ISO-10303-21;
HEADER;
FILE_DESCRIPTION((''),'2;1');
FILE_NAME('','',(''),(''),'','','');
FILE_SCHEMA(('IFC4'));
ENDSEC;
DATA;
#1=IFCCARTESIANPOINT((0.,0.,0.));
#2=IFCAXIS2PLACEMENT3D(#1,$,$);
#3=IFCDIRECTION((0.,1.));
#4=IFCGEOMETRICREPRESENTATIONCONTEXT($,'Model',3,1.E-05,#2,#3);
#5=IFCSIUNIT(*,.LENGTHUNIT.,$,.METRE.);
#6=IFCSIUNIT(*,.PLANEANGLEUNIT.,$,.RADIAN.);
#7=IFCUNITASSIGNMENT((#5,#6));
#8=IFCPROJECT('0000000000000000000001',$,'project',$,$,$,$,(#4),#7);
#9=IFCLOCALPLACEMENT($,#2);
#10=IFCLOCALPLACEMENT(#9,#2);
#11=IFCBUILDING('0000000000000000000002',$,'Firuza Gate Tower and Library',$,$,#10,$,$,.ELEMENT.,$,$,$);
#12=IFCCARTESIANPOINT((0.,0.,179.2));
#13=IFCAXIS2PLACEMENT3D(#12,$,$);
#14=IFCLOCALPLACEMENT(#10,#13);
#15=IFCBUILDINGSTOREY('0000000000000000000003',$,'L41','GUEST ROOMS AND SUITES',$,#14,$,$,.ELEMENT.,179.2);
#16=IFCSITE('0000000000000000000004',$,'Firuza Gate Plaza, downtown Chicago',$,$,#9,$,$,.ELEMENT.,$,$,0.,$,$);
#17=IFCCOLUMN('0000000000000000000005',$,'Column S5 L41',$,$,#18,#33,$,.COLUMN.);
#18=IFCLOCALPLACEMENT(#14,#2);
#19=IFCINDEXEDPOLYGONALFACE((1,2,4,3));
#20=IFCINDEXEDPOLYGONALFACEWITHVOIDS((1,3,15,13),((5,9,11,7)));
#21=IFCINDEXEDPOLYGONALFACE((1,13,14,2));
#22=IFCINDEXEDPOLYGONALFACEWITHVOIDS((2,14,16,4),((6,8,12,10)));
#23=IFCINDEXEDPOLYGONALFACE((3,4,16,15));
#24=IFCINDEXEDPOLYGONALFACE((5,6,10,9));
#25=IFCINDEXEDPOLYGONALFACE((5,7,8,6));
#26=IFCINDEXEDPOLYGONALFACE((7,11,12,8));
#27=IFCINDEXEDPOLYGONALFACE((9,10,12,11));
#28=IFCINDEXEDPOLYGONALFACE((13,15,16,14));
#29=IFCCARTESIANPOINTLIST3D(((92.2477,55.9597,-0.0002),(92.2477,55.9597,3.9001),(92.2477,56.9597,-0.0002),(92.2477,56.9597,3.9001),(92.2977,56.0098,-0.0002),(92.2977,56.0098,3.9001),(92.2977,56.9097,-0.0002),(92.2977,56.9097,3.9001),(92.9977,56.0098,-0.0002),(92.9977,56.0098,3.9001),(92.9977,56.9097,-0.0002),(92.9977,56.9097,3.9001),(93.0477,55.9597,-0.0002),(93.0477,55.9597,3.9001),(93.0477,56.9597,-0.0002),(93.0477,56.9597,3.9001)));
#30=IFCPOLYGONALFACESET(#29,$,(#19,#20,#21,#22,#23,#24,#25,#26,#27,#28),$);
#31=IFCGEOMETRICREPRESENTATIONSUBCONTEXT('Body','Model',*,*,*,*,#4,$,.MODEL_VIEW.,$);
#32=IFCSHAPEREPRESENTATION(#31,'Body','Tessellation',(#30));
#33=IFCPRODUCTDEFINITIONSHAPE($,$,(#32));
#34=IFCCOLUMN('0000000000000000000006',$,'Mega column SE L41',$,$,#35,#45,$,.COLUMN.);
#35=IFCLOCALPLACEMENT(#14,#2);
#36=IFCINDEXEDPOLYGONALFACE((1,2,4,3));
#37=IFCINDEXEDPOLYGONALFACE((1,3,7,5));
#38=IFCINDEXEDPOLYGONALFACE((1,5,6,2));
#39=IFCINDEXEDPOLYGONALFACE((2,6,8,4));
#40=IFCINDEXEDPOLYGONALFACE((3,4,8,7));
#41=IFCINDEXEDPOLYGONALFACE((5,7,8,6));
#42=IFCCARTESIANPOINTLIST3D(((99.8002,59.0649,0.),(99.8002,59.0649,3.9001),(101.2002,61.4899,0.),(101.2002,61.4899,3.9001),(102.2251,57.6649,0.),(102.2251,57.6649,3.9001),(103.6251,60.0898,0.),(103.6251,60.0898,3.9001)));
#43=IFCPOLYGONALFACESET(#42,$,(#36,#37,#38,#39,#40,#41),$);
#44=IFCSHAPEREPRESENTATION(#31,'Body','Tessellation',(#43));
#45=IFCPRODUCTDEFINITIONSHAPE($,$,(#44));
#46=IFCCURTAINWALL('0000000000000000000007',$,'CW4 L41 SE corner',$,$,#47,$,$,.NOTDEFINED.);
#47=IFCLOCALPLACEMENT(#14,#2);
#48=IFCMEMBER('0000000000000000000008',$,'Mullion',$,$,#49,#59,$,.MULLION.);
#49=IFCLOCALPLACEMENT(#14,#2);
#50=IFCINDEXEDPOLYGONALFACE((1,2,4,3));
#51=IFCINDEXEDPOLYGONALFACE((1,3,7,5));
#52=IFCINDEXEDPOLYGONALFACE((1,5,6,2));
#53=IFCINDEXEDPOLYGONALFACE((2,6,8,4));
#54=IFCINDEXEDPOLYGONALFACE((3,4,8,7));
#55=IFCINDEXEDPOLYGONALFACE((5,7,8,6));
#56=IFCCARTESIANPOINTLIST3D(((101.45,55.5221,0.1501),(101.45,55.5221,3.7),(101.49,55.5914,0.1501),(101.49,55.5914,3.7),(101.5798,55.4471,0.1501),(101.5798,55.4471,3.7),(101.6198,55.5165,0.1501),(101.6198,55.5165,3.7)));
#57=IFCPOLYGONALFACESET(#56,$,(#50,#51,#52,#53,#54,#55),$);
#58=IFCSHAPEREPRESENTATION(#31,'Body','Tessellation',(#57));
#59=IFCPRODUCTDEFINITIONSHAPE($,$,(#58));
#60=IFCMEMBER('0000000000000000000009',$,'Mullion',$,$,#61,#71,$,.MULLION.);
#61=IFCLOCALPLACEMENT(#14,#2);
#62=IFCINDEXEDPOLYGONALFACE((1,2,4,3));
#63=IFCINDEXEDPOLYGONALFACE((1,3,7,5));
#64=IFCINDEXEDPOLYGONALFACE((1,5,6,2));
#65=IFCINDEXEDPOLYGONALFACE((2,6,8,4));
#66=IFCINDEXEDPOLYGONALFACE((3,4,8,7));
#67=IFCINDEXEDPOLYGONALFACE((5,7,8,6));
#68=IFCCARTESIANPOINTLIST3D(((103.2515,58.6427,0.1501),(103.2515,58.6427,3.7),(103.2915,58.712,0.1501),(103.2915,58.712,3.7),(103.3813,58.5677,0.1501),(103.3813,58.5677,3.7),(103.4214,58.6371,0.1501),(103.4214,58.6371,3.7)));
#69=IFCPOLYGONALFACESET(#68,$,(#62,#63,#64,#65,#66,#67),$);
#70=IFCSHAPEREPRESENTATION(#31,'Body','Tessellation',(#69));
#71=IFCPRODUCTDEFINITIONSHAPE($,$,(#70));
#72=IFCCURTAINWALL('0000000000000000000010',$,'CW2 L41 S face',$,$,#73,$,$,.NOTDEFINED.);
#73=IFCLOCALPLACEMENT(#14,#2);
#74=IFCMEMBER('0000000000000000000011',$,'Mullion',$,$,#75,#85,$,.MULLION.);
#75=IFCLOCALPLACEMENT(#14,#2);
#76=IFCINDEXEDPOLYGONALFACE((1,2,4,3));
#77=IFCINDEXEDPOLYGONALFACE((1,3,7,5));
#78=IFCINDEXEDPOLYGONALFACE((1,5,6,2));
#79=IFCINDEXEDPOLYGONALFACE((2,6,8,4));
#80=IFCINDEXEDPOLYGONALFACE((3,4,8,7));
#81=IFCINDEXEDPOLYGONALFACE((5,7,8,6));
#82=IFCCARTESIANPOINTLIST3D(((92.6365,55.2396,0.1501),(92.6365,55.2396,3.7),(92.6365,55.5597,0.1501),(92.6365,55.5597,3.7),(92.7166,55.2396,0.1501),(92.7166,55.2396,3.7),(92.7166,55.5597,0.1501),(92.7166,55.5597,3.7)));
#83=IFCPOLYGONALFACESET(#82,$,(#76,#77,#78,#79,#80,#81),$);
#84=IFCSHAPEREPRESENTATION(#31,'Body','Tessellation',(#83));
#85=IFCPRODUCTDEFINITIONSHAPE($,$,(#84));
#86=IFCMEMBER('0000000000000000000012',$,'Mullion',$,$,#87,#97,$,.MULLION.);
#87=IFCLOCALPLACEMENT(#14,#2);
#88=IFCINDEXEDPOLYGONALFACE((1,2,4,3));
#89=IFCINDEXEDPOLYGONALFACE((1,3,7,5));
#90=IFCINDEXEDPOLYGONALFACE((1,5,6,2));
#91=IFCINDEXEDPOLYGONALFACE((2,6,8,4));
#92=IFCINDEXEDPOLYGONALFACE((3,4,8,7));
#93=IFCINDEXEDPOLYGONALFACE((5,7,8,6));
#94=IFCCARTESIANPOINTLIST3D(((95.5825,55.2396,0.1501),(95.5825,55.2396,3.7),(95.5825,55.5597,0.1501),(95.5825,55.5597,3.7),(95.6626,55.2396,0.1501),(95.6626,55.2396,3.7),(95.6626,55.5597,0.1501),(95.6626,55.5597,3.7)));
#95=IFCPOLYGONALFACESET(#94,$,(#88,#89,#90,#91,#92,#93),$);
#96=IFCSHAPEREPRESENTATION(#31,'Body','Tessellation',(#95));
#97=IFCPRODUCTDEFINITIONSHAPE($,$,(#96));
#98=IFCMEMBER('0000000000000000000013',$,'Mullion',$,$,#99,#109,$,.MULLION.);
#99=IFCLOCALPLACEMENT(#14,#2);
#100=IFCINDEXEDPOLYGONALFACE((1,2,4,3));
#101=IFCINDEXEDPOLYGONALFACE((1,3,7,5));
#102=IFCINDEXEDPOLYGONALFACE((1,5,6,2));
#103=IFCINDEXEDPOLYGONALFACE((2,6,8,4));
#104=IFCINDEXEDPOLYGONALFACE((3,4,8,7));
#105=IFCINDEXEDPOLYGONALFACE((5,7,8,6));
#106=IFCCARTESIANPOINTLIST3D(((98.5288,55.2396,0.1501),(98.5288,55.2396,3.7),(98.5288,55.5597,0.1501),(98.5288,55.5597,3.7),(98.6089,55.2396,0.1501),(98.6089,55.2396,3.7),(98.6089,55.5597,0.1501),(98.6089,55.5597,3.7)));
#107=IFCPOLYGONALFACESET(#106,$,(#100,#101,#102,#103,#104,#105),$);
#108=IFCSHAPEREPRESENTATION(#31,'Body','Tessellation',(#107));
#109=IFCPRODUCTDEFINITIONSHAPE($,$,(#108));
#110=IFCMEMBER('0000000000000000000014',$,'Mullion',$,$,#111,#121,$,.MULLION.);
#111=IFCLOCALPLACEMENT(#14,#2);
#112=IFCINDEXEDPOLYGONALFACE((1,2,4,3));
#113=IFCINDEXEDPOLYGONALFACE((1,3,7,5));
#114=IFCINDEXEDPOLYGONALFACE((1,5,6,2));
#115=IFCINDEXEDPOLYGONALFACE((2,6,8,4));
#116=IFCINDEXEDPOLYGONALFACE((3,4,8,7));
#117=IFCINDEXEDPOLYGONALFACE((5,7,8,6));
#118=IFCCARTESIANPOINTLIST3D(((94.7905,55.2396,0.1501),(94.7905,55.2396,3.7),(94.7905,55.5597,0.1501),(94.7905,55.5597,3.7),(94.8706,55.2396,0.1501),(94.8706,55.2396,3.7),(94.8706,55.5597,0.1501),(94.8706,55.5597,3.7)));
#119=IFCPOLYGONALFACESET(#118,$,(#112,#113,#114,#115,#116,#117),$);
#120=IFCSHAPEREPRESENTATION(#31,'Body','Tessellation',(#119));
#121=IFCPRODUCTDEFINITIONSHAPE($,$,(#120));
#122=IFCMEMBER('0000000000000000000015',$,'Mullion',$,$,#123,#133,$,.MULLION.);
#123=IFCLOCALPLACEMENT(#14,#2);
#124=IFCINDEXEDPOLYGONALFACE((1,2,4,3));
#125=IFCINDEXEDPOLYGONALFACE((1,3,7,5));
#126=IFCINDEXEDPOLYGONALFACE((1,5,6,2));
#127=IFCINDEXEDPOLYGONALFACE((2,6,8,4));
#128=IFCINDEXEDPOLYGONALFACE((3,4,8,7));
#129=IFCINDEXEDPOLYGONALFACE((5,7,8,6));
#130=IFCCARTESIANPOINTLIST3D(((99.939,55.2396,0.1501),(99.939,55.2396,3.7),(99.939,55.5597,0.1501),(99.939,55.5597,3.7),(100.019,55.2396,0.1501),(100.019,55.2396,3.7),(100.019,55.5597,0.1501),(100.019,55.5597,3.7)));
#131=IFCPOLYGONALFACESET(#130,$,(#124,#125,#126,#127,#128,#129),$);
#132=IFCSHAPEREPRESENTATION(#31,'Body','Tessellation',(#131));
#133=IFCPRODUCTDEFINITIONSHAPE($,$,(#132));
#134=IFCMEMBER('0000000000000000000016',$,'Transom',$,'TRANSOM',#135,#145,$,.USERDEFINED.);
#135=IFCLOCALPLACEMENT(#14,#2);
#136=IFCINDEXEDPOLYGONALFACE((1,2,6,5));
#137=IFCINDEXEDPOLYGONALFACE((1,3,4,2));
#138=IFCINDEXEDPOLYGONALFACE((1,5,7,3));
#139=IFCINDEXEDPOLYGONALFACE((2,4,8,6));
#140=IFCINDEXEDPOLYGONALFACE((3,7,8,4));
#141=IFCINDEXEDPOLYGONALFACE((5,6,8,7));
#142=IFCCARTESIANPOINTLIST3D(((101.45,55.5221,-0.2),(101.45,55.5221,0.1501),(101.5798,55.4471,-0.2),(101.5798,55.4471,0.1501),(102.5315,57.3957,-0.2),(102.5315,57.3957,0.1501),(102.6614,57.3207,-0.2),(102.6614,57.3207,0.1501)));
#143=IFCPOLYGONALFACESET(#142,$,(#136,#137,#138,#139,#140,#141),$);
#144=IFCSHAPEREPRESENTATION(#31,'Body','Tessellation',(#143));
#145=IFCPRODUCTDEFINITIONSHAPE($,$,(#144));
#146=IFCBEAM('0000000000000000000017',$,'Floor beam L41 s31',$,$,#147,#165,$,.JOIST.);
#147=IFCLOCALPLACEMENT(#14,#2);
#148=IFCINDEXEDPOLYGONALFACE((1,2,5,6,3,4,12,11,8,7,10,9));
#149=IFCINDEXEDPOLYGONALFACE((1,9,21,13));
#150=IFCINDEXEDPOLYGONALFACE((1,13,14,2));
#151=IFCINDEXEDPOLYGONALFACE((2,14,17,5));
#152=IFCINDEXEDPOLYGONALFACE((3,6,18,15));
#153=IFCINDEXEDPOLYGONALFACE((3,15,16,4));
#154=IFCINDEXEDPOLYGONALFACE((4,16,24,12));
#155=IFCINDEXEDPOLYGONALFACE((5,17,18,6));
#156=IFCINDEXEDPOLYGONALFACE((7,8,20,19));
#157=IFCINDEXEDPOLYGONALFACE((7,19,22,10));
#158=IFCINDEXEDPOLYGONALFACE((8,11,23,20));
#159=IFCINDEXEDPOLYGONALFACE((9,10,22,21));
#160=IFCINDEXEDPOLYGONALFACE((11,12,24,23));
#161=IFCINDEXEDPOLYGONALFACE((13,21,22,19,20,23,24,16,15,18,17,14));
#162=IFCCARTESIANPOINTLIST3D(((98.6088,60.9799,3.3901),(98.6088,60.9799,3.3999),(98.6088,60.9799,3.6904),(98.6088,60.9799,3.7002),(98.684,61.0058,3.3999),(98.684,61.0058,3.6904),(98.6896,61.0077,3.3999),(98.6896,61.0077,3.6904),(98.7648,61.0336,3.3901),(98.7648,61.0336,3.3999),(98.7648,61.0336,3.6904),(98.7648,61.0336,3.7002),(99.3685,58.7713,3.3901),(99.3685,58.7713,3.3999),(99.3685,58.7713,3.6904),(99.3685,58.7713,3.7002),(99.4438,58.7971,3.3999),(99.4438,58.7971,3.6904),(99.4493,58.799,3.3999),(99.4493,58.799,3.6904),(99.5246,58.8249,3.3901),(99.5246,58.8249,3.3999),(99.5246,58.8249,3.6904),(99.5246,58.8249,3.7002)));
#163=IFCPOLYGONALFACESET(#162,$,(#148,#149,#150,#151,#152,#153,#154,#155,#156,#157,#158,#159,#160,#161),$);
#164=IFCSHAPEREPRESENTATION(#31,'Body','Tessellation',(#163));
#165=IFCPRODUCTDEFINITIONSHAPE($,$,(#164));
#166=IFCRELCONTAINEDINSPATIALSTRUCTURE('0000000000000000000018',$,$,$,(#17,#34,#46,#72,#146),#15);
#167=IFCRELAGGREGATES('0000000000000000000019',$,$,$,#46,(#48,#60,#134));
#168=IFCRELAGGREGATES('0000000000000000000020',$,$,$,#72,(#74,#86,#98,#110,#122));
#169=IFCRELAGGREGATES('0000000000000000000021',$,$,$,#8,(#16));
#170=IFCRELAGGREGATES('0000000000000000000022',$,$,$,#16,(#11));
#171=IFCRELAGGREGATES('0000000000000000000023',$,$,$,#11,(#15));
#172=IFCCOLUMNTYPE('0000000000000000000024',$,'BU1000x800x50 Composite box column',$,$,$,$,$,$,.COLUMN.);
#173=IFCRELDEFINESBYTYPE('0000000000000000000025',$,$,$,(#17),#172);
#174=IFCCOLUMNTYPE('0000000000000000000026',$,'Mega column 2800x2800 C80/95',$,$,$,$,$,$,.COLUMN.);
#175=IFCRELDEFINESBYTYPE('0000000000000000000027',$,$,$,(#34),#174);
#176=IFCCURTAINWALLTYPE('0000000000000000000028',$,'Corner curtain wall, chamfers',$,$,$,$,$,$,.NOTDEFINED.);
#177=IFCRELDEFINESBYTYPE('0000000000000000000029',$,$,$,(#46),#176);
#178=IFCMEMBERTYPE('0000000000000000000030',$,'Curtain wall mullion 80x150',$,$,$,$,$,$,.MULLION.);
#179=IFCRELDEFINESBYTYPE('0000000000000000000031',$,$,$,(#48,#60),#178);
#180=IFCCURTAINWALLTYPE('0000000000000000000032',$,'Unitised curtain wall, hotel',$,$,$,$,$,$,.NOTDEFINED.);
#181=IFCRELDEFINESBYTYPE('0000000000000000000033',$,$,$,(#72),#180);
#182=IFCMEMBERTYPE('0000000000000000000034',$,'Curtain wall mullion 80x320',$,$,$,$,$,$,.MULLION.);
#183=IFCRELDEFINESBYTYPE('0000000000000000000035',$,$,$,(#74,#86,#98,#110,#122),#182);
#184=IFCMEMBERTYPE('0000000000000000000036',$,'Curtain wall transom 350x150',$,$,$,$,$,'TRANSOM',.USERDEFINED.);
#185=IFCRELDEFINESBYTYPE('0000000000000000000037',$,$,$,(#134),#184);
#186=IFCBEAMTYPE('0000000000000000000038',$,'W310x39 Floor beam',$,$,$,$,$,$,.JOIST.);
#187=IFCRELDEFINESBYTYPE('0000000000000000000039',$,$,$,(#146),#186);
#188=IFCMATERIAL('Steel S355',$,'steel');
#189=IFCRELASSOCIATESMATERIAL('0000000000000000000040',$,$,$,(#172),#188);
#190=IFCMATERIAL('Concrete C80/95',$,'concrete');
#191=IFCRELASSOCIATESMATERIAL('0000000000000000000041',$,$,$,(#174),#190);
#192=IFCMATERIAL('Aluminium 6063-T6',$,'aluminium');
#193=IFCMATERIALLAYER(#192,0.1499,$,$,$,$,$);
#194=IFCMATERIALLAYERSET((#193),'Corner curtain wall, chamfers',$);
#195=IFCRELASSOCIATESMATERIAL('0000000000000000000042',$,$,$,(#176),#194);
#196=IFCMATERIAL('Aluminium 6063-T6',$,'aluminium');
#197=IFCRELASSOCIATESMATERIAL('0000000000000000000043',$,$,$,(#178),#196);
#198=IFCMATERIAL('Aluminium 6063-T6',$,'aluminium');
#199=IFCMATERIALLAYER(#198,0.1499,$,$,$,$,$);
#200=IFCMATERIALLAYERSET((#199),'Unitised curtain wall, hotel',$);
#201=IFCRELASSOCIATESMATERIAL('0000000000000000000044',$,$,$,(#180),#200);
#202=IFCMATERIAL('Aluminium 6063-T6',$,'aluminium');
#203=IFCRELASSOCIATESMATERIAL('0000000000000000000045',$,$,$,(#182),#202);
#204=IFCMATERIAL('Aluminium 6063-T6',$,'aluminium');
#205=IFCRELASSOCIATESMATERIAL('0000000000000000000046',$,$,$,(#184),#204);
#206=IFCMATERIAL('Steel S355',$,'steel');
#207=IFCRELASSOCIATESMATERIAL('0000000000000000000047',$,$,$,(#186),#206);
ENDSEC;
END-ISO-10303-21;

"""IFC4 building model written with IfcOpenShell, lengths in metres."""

from ifc_helpers import new_model, si_unit, direction, frame, origin, origin_2d, place, context, subcontext, project, spatial, rectangle, hollow_rectangle, i_section, extrude, material, layer, layer_set, material_profile, profile_set, type_object, element, aggregate, save


model = new_model("IFC4")

# Units and contexts
model_context = context("Model", 3, precision=1e-05, world=origin(), true_north=direction((0.0, 1.0)))
body_context = subcontext(model_context, "Body", "Model", "MODEL_VIEW")
ifc_project = project(units=[si_unit("LENGTHUNIT", "METRE"), si_unit("PLANEANGLEUNIT", "RADIAN")], contexts=[model_context])

# Site, building, storey
site_placement = place(None, origin())
site = spatial("IfcSite", under=ifc_project, at=site_placement, Name="Firuza Gate Plaza, downtown Chicago", CompositionType="ELEMENT", RefElevation=0.0)
building_placement = place(site_placement, origin())
building = spatial("IfcBuilding", under=site, at=building_placement, Name="Firuza Gate Tower and Library", CompositionType="ELEMENT")
storey_placement = place(building_placement, frame((0.0, 0.0, 179.2)))
storey = spatial("IfcBuildingStorey", under=building, at=storey_placement, Name="L41", Description="GUEST ROOMS AND SUITES", CompositionType="ELEMENT", Elevation=179.2)

# Columns
ifc_material_1 = material(Name="Steel S355", Category="steel")
ifc_material_profile_1 = material_profile(ifc_material_1, hollow_rectangle(XDim=0.8, YDim=1.0, WallThickness=0.05, at=origin_2d()))
ifc_profile_set_1 = profile_set([ifc_material_profile_1], Name="Steel S355")
column_type_1 = type_object("IfcColumnType", Name="BU1000x800x50 Composite box column", PredefinedType="COLUMN", material=ifc_profile_set_1)
column_1_placement = place(storey_placement, frame((92.6477, 56.4597, -0.0002), z_axis=(0.0, 0.0, 1.0), x_axis=(1.0, 0.0, 0.0)))
element("IfcColumn", 1, at=column_1_placement, inside=storey, type_object=column_type_1, Name="Column S5 L41", PredefinedType="COLUMN", context=body_context, shape_type="SweptSolid", body=[
    extrude(hollow_rectangle(XDim=0.8, YDim=1.0, WallThickness=0.05, at=origin_2d()), origin(), (0.0, 0.0, 1.0), 3.9004),
])
ifc_material_2 = material(Name="Concrete C80/95", Category="concrete")
ifc_material_profile_2 = material_profile(ifc_material_2, rectangle(XDim=2.8, YDim=2.8, at=origin_2d()))
ifc_profile_set_2 = profile_set([ifc_material_profile_2], Name="Concrete C80/95")
column_type_2 = type_object("IfcColumnType", Name="Mega column 2800x2800 C80/95", PredefinedType="COLUMN", material=ifc_profile_set_2)
column_2_placement = place(storey_placement, frame((101.7126, 59.5774, 0.0), z_axis=(0.0, 0.0, 1.0), x_axis=(0.5, 0.866025, 0.0)))
element("IfcColumn", 2, at=column_2_placement, inside=storey, type_object=column_type_2, Name="Mega column SE L41", PredefinedType="COLUMN", context=body_context, shape_type="SweptSolid", body=[
    extrude(rectangle(XDim=2.8, YDim=2.8, at=origin_2d()), origin(), (0.0, 0.0, 1.0), 3.9001),
])

# Curtain walls, members
ifc_material_3 = material(Name="Aluminium 6063-T6", Category="aluminium")
ifc_layer_1 = layer(ifc_material_3, 0.1499)
ifc_layer_set_1 = layer_set([ifc_layer_1], Name="Corner curtain wall, chamfers")
curtain_wall_type_1 = type_object("IfcCurtainWallType", Name="Corner curtain wall, chamfers", PredefinedType="NOTDEFINED", material=ifc_layer_set_1)
placement = place(storey_placement, origin())
curtain_wall_1 = element("IfcCurtainWall", 3, at=placement, inside=storey, type_object=curtain_wall_type_1, Name="CW4 L41 SE corner", PredefinedType="NOTDEFINED")
ifc_material_4 = material(Name="Aluminium 6063-T6", Category="aluminium")
ifc_material_profile_3 = material_profile(ifc_material_4, rectangle(XDim=0.1499, YDim=0.0801, at=origin_2d()))
ifc_profile_set_3 = profile_set([ifc_material_profile_3], Name="Aluminium 6063-T6")
member_type_1 = type_object("IfcMemberType", Name="Curtain wall mullion 80x150", PredefinedType="MULLION", material=ifc_profile_set_3)
member_1_placement = place(storey_placement, frame((101.5349, 55.5193, 0.1501), z_axis=(0.0, 0.0, 1.0), x_axis=(-0.866025, 0.5, 0.0)))
member_1 = element("IfcMember", 4, at=member_1_placement, type_object=member_type_1, Name="Mullion", PredefinedType="MULLION", context=body_context, shape_type="SweptSolid", body=[
    extrude(rectangle(XDim=0.1499, YDim=0.0801, at=origin_2d()), origin(), (0.0, 0.0, 1.0), 3.5498),
])
member_2_placement = place(storey_placement, frame((103.3364, 58.6399, 0.1501), z_axis=(0.0, 0.0, 1.0), x_axis=(-0.866025, 0.5, 0.0)))
member_2 = element("IfcMember", 5, at=member_2_placement, type_object=member_type_1, Name="Mullion", PredefinedType="MULLION", context=body_context, shape_type="SweptSolid", body=[
    extrude(rectangle(XDim=0.1499, YDim=0.0801, at=origin_2d()), origin(), (0.0, 0.0, 1.0), 3.5498),
])
ifc_material_5 = material(Name="Aluminium 6063-T6", Category="aluminium")
ifc_layer_2 = layer(ifc_material_5, 0.1499)
ifc_layer_set_2 = layer_set([ifc_layer_2], Name="Unitised curtain wall, hotel")
curtain_wall_type_2 = type_object("IfcCurtainWallType", Name="Unitised curtain wall, hotel", PredefinedType="NOTDEFINED", material=ifc_layer_set_2)
curtain_wall_2 = element("IfcCurtainWall", 6, at=placement, inside=storey, type_object=curtain_wall_type_2, Name="CW2 L41 S face", PredefinedType="NOTDEFINED")
ifc_material_6 = material(Name="Aluminium 6063-T6", Category="aluminium")
ifc_material_profile_4 = material_profile(ifc_material_6, rectangle(XDim=0.3201, YDim=0.0801, at=origin_2d()))
ifc_profile_set_4 = profile_set([ifc_material_profile_4], Name="Aluminium 6063-T6")
member_type_2 = type_object("IfcMemberType", Name="Curtain wall mullion 80x320", PredefinedType="MULLION", material=ifc_profile_set_4)
member_3_placement = place(storey_placement, frame((92.6765, 55.3997, 0.1501), z_axis=(0.0, 0.0, 1.0), x_axis=(0.0, 1.0, 0.0)))
member_3 = element("IfcMember", 7, at=member_3_placement, type_object=member_type_2, Name="Mullion", PredefinedType="MULLION", context=body_context, shape_type="SweptSolid", body=[
    extrude(rectangle(XDim=0.3201, YDim=0.0801, at=origin_2d()), origin(), (0.0, 0.0, 1.0), 3.5498),
])
member_4_placement = place(storey_placement, frame((95.6226, 55.3997, 0.1501), z_axis=(0.0, 0.0, 1.0), x_axis=(0.0, 1.0, 0.0)))
member_4 = element("IfcMember", 8, at=member_4_placement, type_object=member_type_2, Name="Mullion", PredefinedType="MULLION", context=body_context, shape_type="SweptSolid", body=[
    extrude(rectangle(XDim=0.3201, YDim=0.0801, at=origin_2d()), origin(), (0.0, 0.0, 1.0), 3.5498),
])
member_5_placement = place(storey_placement, frame((98.5688, 55.3997, 0.1501), z_axis=(0.0, 0.0, 1.0), x_axis=(0.0, 1.0, 0.0)))
member_5 = element("IfcMember", 9, at=member_5_placement, type_object=member_type_2, Name="Mullion", PredefinedType="MULLION", context=body_context, shape_type="SweptSolid", body=[
    extrude(rectangle(XDim=0.3201, YDim=0.0801, at=origin_2d()), origin(), (0.0, 0.0, 1.0), 3.5498),
])
member_6_placement = place(storey_placement, frame((94.8306, 55.3997, 0.1501), z_axis=(0.0, 0.0, 1.0), x_axis=(0.0, 1.0, 0.0)))
member_6 = element("IfcMember", 10, at=member_6_placement, type_object=member_type_2, Name="Mullion", PredefinedType="MULLION", context=body_context, shape_type="SweptSolid", body=[
    extrude(rectangle(XDim=0.3201, YDim=0.0801, at=origin_2d()), origin(), (0.0, 0.0, 1.0), 3.5498),
])
member_7_placement = place(storey_placement, frame((99.979, 55.3997, 0.1501), z_axis=(0.0, 0.0, 1.0), x_axis=(0.0, 1.0, 0.0)))
member_7 = element("IfcMember", 11, at=member_7_placement, type_object=member_type_2, Name="Mullion", PredefinedType="MULLION", context=body_context, shape_type="SweptSolid", body=[
    extrude(rectangle(XDim=0.3201, YDim=0.0801, at=origin_2d()), origin(), (0.0, 0.0, 1.0), 3.5498),
])

# Member
ifc_material_7 = material(Name="Aluminium 6063-T6", Category="aluminium")
ifc_material_profile_5 = material_profile(ifc_material_7, rectangle(XDim=0.1499, YDim=0.3501, at=origin_2d()))
ifc_profile_set_5 = profile_set([ifc_material_profile_5], Name="Aluminium 6063-T6")
member_type_3 = type_object("IfcMemberType", Name="Curtain wall transom 350x150", ElementType="TRANSOM", PredefinedType="USERDEFINED", material=ifc_profile_set_5)
member_8_placement = place(storey_placement, frame((101.5149, 55.4846, -0.0249), z_axis=(0.49995, 0.866054, 0.0), x_axis=(-0.866054, 0.49995, 0.0)))
member_8 = element("IfcMember", 12, at=member_8_placement, type_object=member_type_3, Name="Transom", ObjectType="TRANSOM", PredefinedType="USERDEFINED", context=body_context, shape_type="SweptSolid", body=[
    extrude(rectangle(XDim=0.1499, YDim=0.3501, at=origin_2d()), origin(), (0.0, 0.0, 1.0), 2.1633),
])

# Beam
ifc_material_8 = material(Name="Steel S355", Category="steel")
ifc_material_profile_6 = material_profile(ifc_material_8, i_section(OverallWidth=0.165, OverallDepth=0.3101, WebThickness=0.0059, FlangeThickness=0.0098, at=origin_2d()))
ifc_profile_set_6 = profile_set([ifc_material_profile_6], Name="Steel S355")
beam_type_1 = type_object("IfcBeamType", Name="W310x39 Floor beam", PredefinedType="JOIST", material=ifc_profile_set_6)
beam_1_placement = place(storey_placement, frame((99.4465, 58.7981, 3.5452), z_axis=(-0.325275, 0.945619, 0.0), x_axis=(-0.945619, -0.325275, 0.0)))
element("IfcBeam", 13, at=beam_1_placement, inside=storey, type_object=beam_type_1, Name="Floor beam L41 s31", PredefinedType="JOIST", context=body_context, shape_type="SweptSolid", body=[
    extrude(i_section(OverallWidth=0.165, OverallDepth=0.3101, WebThickness=0.0059, FlangeThickness=0.0098, at=origin_2d()), origin(), (0.0, 0.0, 1.0), 2.3357),
])

aggregate(curtain_wall_1, [member_1, member_2, member_8])
aggregate(curtain_wall_2, [member_3, member_4, member_5, member_6, member_7])

save(model, "model.ifc")
